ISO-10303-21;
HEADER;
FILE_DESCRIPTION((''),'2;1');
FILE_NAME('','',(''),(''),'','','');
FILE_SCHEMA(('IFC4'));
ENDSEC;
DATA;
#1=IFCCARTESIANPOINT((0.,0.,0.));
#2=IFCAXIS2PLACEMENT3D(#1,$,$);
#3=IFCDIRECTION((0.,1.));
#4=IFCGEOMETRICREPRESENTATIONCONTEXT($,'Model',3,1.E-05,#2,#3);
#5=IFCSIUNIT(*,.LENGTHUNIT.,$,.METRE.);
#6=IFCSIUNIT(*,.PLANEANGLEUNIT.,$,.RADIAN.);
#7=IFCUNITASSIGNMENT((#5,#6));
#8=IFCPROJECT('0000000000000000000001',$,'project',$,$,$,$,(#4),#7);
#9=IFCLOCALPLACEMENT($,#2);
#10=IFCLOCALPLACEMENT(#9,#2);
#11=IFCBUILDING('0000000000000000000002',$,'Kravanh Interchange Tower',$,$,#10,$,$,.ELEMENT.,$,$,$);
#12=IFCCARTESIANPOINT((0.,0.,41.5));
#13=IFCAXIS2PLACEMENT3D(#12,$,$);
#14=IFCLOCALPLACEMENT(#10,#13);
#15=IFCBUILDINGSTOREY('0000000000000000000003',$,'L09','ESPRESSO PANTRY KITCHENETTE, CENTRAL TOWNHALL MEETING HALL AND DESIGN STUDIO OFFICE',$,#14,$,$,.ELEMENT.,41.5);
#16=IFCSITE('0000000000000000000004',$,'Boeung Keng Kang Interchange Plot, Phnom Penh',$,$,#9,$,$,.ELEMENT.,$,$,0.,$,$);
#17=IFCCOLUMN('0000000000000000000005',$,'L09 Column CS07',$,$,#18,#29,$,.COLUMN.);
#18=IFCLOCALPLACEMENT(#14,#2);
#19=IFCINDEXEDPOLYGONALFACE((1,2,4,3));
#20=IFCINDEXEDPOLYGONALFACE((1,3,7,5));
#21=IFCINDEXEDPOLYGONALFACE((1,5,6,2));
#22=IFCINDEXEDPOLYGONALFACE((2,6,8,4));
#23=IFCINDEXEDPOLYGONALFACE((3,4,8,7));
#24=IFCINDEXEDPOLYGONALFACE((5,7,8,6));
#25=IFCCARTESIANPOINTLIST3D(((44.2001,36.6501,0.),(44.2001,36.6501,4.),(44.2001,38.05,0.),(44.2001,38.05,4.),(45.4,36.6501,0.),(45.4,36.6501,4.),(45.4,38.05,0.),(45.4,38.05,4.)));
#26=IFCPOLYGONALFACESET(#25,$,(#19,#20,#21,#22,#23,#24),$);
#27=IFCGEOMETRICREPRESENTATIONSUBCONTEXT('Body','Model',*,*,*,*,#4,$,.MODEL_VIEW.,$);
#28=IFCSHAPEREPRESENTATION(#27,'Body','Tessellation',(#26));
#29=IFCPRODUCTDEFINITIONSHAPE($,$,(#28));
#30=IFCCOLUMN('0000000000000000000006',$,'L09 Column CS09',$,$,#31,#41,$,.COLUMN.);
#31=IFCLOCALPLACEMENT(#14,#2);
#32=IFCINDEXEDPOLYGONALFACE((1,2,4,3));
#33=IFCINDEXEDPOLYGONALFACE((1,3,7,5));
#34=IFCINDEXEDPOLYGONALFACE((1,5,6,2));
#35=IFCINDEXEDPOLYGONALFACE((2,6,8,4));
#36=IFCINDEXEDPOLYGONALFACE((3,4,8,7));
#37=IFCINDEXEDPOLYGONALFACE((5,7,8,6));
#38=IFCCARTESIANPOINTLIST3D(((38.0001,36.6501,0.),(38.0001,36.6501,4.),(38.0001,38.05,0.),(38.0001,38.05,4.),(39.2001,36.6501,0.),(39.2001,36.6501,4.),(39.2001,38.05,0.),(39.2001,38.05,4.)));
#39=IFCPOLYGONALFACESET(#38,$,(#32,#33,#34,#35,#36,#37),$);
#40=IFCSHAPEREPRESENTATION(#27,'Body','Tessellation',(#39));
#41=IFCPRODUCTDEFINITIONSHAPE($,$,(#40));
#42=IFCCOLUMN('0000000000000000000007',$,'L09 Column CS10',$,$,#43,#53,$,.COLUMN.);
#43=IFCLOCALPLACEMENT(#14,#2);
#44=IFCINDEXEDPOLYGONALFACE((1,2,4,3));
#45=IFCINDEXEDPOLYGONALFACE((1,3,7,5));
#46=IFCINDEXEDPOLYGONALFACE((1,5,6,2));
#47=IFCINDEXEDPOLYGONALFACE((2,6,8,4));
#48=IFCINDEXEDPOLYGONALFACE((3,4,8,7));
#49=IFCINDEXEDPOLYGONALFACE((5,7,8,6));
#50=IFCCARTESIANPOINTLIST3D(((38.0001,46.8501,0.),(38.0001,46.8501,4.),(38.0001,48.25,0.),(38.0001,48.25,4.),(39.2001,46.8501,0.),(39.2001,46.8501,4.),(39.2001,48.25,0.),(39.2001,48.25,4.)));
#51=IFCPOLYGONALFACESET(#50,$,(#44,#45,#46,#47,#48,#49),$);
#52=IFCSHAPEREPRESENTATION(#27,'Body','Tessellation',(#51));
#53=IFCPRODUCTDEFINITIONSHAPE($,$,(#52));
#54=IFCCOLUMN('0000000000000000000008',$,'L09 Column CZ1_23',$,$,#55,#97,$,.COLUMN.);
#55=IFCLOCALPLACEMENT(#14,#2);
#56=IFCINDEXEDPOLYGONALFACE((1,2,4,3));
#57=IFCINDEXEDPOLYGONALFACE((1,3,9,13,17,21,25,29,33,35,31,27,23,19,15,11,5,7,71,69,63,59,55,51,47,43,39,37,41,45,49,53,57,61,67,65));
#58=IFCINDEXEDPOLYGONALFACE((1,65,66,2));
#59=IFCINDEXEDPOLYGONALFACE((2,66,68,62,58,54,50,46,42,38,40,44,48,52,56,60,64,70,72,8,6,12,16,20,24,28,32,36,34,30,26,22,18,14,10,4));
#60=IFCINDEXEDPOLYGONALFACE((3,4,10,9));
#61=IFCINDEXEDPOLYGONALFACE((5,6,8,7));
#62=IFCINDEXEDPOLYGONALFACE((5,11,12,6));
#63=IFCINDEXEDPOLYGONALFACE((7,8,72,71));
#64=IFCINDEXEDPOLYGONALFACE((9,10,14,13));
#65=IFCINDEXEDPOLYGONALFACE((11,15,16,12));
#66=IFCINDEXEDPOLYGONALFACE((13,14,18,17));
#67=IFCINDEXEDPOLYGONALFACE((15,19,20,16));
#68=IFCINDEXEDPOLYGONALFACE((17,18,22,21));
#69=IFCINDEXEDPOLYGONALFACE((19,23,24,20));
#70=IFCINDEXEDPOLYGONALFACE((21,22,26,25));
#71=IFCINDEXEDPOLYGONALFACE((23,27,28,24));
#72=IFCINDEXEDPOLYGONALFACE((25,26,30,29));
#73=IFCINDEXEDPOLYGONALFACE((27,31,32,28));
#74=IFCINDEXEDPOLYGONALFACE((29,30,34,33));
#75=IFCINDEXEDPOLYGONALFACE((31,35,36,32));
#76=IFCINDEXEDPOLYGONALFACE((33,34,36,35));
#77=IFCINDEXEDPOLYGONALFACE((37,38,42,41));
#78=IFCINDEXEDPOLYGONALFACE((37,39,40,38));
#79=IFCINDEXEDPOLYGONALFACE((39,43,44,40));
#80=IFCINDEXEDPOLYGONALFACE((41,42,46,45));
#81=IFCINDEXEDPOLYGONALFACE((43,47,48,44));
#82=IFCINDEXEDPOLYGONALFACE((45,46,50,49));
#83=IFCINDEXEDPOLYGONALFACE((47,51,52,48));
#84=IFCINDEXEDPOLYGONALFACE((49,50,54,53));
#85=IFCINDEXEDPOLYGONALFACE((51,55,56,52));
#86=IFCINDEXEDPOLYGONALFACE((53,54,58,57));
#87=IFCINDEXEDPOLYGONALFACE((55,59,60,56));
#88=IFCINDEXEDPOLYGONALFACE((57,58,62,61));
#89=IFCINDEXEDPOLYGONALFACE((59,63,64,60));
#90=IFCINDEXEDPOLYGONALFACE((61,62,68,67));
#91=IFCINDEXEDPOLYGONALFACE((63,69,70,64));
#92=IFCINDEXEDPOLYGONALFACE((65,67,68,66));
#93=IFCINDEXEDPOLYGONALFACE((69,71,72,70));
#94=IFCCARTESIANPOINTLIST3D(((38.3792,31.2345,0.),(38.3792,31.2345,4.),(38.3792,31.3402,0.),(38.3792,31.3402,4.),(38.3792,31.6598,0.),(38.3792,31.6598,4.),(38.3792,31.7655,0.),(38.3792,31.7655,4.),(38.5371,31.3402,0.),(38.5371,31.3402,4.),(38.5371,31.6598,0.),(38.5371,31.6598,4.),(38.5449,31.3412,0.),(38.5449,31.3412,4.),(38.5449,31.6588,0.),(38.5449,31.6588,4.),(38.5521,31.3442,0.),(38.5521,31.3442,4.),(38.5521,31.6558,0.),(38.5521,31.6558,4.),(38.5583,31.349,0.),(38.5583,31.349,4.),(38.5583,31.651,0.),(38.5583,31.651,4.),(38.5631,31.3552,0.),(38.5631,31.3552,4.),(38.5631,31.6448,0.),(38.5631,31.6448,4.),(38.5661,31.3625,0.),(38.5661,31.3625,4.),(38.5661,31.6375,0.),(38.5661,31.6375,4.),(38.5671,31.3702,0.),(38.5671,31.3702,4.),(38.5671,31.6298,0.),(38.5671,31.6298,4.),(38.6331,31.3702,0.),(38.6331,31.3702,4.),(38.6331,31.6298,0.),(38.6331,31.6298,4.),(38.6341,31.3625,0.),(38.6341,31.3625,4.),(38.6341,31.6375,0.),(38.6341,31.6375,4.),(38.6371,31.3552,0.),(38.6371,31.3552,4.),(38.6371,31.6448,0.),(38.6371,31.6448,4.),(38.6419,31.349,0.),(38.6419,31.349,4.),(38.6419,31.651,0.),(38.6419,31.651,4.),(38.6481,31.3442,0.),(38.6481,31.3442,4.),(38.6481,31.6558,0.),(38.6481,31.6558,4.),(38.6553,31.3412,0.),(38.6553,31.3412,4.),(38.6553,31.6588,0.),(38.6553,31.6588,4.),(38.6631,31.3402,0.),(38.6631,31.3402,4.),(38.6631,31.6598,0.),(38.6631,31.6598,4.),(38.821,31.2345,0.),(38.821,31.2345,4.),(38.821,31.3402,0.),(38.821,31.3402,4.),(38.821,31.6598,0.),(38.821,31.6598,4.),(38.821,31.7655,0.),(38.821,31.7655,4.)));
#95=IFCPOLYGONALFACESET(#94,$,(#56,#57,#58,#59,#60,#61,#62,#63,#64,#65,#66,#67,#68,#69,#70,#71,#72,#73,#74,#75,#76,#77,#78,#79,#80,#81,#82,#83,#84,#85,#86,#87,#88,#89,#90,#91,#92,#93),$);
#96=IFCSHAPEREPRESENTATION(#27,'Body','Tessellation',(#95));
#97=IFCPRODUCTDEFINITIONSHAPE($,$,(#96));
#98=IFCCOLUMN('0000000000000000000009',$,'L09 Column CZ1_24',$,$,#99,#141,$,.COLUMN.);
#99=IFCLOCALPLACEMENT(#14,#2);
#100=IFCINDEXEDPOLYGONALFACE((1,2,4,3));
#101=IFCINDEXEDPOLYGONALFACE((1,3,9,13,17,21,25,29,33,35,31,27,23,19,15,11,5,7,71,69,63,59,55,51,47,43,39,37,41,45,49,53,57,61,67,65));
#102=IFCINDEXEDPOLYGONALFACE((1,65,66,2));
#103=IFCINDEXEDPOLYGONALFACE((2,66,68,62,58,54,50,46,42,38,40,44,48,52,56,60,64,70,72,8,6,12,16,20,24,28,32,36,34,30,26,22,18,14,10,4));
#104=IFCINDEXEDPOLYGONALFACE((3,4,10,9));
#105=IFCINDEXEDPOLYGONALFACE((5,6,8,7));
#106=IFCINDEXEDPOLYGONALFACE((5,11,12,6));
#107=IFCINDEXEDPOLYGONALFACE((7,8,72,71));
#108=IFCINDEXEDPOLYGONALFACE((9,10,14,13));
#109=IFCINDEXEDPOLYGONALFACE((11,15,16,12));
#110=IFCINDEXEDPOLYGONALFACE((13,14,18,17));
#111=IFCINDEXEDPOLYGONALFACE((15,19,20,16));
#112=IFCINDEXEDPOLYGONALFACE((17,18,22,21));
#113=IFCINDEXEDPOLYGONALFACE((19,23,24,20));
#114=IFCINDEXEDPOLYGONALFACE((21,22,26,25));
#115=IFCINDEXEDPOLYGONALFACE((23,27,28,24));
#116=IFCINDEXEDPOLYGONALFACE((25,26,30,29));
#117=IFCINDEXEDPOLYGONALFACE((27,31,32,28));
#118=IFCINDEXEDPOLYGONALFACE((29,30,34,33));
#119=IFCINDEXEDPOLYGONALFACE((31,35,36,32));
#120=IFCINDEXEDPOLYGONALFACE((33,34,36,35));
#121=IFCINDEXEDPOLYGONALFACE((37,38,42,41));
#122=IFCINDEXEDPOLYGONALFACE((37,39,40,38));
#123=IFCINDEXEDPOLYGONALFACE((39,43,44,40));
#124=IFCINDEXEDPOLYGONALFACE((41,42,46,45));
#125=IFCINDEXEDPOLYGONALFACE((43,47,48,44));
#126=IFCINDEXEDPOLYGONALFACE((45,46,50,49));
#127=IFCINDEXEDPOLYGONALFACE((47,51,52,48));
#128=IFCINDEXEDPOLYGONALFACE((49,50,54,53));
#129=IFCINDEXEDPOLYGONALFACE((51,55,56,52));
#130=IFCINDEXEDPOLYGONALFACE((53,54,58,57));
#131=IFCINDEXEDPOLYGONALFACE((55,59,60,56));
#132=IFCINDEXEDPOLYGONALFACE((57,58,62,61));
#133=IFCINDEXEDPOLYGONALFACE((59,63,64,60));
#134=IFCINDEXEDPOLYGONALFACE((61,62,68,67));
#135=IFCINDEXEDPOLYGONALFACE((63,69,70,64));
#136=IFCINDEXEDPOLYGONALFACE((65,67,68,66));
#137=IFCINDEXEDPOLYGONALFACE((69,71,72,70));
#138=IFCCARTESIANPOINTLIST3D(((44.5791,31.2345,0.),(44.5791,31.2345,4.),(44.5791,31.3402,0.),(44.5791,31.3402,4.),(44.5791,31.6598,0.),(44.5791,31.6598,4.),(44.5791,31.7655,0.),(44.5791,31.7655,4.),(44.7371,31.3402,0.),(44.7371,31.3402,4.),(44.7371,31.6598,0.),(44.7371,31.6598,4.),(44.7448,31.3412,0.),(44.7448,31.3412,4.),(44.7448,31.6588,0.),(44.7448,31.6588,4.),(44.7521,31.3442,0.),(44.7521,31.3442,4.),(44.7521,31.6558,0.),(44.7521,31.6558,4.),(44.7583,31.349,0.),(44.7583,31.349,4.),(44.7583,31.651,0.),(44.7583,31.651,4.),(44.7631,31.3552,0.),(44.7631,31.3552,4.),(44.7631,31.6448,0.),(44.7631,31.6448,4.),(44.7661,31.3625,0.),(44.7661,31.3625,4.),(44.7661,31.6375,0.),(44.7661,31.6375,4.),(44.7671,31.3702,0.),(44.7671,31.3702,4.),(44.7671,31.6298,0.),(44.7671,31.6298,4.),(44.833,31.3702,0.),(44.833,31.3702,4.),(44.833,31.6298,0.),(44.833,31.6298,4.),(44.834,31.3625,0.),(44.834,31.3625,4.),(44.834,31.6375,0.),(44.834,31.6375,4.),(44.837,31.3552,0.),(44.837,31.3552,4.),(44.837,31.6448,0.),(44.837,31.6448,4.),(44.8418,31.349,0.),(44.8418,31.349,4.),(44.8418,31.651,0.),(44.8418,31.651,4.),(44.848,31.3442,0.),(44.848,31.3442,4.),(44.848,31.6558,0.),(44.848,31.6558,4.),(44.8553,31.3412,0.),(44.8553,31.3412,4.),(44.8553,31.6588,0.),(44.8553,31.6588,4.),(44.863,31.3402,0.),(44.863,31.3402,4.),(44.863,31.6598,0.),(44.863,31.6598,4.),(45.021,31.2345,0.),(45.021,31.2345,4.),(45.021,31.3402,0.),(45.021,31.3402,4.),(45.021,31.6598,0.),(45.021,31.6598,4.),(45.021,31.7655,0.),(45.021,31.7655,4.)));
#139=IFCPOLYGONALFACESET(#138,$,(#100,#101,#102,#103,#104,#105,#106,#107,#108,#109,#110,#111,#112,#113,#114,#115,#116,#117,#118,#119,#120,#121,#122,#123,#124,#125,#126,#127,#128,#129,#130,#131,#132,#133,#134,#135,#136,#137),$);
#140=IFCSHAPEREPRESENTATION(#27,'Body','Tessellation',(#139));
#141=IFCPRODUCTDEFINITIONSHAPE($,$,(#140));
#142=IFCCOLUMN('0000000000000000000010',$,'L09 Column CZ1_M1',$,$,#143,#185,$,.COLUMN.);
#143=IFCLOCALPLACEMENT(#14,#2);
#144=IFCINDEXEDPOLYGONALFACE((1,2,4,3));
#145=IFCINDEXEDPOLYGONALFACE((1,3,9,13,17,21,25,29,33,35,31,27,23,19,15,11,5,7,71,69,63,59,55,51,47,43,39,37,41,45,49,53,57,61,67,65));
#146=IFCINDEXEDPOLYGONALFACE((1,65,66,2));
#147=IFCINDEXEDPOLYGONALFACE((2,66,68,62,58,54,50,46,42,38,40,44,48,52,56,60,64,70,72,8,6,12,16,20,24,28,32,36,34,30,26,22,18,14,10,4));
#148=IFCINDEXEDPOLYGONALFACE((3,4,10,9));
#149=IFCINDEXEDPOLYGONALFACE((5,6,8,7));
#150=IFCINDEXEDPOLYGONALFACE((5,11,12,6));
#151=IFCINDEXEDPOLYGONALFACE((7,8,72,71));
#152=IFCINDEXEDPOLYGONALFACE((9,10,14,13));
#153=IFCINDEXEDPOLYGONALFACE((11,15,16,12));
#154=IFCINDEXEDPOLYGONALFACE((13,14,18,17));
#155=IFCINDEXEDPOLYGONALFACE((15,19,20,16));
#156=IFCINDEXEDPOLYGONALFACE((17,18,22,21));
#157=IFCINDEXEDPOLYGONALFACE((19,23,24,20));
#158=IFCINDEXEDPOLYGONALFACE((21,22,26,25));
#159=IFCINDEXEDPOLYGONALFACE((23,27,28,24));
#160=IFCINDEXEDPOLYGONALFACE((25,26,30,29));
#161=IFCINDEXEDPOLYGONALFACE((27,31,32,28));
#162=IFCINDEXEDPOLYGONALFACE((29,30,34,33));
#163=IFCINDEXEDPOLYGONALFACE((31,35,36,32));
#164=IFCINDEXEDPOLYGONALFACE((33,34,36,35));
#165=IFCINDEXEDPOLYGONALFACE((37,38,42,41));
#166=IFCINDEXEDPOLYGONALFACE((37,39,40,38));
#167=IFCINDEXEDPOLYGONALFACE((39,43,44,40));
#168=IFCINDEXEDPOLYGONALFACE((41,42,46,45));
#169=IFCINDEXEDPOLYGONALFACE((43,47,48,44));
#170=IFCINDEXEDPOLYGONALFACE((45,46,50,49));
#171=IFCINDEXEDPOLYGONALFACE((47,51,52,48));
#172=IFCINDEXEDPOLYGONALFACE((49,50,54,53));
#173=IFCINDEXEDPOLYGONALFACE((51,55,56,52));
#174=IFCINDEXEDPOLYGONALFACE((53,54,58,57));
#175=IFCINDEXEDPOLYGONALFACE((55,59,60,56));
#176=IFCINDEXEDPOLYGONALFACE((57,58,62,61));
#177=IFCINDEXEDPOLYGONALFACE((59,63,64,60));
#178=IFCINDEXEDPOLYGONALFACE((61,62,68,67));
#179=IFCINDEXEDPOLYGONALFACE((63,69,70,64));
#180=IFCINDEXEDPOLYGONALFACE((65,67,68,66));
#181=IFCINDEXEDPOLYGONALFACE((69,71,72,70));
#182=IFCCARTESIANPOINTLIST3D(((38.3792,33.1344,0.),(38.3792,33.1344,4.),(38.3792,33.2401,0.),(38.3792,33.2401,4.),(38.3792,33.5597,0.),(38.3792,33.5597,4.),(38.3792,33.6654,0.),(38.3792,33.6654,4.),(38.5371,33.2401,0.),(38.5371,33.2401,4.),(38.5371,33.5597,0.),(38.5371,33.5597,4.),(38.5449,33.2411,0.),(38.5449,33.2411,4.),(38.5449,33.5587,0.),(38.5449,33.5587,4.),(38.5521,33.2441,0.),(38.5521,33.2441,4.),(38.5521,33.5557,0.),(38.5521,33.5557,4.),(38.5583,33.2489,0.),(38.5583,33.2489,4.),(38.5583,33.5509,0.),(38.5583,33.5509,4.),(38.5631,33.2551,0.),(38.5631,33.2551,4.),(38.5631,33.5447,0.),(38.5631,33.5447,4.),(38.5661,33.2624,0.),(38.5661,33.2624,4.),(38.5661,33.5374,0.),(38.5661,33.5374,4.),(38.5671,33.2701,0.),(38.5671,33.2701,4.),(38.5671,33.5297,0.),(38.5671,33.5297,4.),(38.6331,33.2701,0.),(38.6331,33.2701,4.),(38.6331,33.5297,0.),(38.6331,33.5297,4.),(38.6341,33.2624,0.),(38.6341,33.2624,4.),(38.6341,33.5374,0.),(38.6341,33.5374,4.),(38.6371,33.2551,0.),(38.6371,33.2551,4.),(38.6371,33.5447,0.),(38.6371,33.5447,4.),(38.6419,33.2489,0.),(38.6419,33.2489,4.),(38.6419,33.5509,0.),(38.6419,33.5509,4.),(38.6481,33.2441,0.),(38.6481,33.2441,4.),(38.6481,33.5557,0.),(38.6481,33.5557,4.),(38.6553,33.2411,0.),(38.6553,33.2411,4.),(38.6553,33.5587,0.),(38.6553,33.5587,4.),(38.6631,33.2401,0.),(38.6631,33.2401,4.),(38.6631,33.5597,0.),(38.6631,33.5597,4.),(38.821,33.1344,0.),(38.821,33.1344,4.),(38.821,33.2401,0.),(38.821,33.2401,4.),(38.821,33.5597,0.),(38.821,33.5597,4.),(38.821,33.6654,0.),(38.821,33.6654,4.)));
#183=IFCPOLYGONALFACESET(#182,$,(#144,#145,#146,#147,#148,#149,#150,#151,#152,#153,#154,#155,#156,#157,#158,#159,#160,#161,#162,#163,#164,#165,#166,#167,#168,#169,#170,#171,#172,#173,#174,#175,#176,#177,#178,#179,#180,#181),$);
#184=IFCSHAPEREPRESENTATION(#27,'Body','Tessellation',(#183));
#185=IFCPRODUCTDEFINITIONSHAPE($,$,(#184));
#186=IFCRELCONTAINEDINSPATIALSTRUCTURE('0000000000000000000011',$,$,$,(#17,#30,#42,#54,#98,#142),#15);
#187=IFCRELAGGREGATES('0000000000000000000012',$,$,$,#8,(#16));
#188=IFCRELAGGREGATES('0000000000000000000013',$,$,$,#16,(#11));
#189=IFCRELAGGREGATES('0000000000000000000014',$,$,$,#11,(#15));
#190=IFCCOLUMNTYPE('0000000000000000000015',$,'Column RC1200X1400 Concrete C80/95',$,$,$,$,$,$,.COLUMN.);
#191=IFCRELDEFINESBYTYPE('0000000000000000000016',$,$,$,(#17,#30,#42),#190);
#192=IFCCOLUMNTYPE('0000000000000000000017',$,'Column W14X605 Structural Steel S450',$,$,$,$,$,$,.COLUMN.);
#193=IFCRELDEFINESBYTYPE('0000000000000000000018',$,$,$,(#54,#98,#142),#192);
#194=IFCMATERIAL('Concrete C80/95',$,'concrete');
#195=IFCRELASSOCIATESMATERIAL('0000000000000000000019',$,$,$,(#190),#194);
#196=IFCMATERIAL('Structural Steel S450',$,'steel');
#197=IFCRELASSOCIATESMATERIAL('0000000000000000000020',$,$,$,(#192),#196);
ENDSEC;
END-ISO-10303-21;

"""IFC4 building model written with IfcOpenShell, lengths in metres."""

from ifc_helpers import new_model, si_unit, direction, frame, origin, origin_2d, place, context, subcontext, project, spatial, rectangle, i_section, extrude, material, material_profile, profile_set, type_object, element, save


model = new_model("IFC4")

# Units and contexts
model_context = context("Model", 3, precision=1e-05, world=origin(), true_north=direction((0.0, 1.0)))
body_context = subcontext(model_context, "Body", "Model", "MODEL_VIEW")
ifc_project = project(units=[si_unit("LENGTHUNIT", "METRE"), si_unit("PLANEANGLEUNIT", "RADIAN")], contexts=[model_context])

# Site, building, storey
site_placement = place(None, origin())
site = spatial("IfcSite", under=ifc_project, at=site_placement, Name="Boeung Keng Kang Interchange Plot, Phnom Penh", CompositionType="ELEMENT", RefElevation=0.0)
building_placement = place(site_placement, origin())
building = spatial("IfcBuilding", under=site, at=building_placement, Name="Kravanh Interchange Tower", CompositionType="ELEMENT")
storey_placement = place(building_placement, frame((0.0, 0.0, 41.5)))
storey = spatial("IfcBuildingStorey", under=building, at=storey_placement, Name="L09", Description="ESPRESSO PANTRY KITCHENETTE, CENTRAL TOWNHALL MEETING HALL AND DESIGN STUDIO OFFICE", CompositionType="ELEMENT", Elevation=41.5)

# Columns
ifc_material_1 = material(Name="Concrete C80/95", Category="concrete")
ifc_material_profile_1 = material_profile(ifc_material_1, rectangle(XDim=1.2, YDim=1.3999, at=origin_2d()), Name="RC1200X1400")
ifc_profile_set_1 = profile_set([ifc_material_profile_1], Name="Concrete C80/95")
column_type_1 = type_object("IfcColumnType", Name="Column RC1200X1400 Concrete C80/95", PredefinedType="COLUMN", material=ifc_profile_set_1)
for number, where, z_axis, x_axis, name in (
    (1, (44.8, 37.3501, 0.0), (0.0, 0.0, 1.0), (1.0, 0.0, 0.0), "L09 Column CS07"),
    (2, (38.6001, 37.3501, 0.0), (0.0, 0.0, 1.0), (1.0, 0.0, 0.0), "L09 Column CS09"),
    (3, (38.6001, 47.55, 0.0), (0.0, 0.0, 1.0), (1.0, 0.0, 0.0), "L09 Column CS10"),
):
    element("IfcColumn", number, at=place(storey_placement, frame(where, z_axis=z_axis, x_axis=x_axis)), inside=storey, type_object=column_type_1, Name=name, PredefinedType="COLUMN", context=body_context, shape_type="SweptSolid", body=[
        extrude(rectangle(XDim=1.2, YDim=1.3999, at=origin_2d()), origin(), (0.0, 0.0, 1.0), 4.0),
    ])
ifc_material_2 = material(Name="Structural Steel S450", Category="steel")
ifc_material_profile_2 = material_profile(ifc_material_2, i_section(OverallWidth=0.4419, OverallDepth=0.531, WebThickness=0.0659, FlangeThickness=0.1057, FilletRadius=0.03, at=origin_2d()), Name="W14X605")
ifc_profile_set_2 = profile_set([ifc_material_profile_2], Name="Structural Steel S450")
column_type_2 = type_object("IfcColumnType", Name="Column W14X605 Structural Steel S450", PredefinedType="COLUMN", material=ifc_profile_set_2)
for number, where, z_axis, x_axis, name in (
    (4, (38.6001, 31.5, 0.0), (0.0, 0.0, 1.0), (1.0, 0.0, 0.0), "L09 Column CZ1_23"),
    (5, (44.8, 31.5, 0.0), (0.0, 0.0, 1.0), (1.0, 0.0, 0.0), "L09 Column CZ1_24"),
    (6, (38.6001, 33.3999, 0.0), (0.0, 0.0, 1.0), (1.0, 0.0, 0.0), "L09 Column CZ1_M1"),
):
    element("IfcColumn", number, at=place(storey_placement, frame(where, z_axis=z_axis, x_axis=x_axis)), inside=storey, type_object=column_type_2, Name=name, PredefinedType="COLUMN", context=body_context, shape_type="SweptSolid", body=[
        extrude(i_section(OverallWidth=0.4419, OverallDepth=0.531, WebThickness=0.0659, FlangeThickness=0.1057, FilletRadius=0.03, at=origin_2d()), origin(), (0.0, 0.0, 1.0), 4.0),
    ])

save(model, "model.ifc")
